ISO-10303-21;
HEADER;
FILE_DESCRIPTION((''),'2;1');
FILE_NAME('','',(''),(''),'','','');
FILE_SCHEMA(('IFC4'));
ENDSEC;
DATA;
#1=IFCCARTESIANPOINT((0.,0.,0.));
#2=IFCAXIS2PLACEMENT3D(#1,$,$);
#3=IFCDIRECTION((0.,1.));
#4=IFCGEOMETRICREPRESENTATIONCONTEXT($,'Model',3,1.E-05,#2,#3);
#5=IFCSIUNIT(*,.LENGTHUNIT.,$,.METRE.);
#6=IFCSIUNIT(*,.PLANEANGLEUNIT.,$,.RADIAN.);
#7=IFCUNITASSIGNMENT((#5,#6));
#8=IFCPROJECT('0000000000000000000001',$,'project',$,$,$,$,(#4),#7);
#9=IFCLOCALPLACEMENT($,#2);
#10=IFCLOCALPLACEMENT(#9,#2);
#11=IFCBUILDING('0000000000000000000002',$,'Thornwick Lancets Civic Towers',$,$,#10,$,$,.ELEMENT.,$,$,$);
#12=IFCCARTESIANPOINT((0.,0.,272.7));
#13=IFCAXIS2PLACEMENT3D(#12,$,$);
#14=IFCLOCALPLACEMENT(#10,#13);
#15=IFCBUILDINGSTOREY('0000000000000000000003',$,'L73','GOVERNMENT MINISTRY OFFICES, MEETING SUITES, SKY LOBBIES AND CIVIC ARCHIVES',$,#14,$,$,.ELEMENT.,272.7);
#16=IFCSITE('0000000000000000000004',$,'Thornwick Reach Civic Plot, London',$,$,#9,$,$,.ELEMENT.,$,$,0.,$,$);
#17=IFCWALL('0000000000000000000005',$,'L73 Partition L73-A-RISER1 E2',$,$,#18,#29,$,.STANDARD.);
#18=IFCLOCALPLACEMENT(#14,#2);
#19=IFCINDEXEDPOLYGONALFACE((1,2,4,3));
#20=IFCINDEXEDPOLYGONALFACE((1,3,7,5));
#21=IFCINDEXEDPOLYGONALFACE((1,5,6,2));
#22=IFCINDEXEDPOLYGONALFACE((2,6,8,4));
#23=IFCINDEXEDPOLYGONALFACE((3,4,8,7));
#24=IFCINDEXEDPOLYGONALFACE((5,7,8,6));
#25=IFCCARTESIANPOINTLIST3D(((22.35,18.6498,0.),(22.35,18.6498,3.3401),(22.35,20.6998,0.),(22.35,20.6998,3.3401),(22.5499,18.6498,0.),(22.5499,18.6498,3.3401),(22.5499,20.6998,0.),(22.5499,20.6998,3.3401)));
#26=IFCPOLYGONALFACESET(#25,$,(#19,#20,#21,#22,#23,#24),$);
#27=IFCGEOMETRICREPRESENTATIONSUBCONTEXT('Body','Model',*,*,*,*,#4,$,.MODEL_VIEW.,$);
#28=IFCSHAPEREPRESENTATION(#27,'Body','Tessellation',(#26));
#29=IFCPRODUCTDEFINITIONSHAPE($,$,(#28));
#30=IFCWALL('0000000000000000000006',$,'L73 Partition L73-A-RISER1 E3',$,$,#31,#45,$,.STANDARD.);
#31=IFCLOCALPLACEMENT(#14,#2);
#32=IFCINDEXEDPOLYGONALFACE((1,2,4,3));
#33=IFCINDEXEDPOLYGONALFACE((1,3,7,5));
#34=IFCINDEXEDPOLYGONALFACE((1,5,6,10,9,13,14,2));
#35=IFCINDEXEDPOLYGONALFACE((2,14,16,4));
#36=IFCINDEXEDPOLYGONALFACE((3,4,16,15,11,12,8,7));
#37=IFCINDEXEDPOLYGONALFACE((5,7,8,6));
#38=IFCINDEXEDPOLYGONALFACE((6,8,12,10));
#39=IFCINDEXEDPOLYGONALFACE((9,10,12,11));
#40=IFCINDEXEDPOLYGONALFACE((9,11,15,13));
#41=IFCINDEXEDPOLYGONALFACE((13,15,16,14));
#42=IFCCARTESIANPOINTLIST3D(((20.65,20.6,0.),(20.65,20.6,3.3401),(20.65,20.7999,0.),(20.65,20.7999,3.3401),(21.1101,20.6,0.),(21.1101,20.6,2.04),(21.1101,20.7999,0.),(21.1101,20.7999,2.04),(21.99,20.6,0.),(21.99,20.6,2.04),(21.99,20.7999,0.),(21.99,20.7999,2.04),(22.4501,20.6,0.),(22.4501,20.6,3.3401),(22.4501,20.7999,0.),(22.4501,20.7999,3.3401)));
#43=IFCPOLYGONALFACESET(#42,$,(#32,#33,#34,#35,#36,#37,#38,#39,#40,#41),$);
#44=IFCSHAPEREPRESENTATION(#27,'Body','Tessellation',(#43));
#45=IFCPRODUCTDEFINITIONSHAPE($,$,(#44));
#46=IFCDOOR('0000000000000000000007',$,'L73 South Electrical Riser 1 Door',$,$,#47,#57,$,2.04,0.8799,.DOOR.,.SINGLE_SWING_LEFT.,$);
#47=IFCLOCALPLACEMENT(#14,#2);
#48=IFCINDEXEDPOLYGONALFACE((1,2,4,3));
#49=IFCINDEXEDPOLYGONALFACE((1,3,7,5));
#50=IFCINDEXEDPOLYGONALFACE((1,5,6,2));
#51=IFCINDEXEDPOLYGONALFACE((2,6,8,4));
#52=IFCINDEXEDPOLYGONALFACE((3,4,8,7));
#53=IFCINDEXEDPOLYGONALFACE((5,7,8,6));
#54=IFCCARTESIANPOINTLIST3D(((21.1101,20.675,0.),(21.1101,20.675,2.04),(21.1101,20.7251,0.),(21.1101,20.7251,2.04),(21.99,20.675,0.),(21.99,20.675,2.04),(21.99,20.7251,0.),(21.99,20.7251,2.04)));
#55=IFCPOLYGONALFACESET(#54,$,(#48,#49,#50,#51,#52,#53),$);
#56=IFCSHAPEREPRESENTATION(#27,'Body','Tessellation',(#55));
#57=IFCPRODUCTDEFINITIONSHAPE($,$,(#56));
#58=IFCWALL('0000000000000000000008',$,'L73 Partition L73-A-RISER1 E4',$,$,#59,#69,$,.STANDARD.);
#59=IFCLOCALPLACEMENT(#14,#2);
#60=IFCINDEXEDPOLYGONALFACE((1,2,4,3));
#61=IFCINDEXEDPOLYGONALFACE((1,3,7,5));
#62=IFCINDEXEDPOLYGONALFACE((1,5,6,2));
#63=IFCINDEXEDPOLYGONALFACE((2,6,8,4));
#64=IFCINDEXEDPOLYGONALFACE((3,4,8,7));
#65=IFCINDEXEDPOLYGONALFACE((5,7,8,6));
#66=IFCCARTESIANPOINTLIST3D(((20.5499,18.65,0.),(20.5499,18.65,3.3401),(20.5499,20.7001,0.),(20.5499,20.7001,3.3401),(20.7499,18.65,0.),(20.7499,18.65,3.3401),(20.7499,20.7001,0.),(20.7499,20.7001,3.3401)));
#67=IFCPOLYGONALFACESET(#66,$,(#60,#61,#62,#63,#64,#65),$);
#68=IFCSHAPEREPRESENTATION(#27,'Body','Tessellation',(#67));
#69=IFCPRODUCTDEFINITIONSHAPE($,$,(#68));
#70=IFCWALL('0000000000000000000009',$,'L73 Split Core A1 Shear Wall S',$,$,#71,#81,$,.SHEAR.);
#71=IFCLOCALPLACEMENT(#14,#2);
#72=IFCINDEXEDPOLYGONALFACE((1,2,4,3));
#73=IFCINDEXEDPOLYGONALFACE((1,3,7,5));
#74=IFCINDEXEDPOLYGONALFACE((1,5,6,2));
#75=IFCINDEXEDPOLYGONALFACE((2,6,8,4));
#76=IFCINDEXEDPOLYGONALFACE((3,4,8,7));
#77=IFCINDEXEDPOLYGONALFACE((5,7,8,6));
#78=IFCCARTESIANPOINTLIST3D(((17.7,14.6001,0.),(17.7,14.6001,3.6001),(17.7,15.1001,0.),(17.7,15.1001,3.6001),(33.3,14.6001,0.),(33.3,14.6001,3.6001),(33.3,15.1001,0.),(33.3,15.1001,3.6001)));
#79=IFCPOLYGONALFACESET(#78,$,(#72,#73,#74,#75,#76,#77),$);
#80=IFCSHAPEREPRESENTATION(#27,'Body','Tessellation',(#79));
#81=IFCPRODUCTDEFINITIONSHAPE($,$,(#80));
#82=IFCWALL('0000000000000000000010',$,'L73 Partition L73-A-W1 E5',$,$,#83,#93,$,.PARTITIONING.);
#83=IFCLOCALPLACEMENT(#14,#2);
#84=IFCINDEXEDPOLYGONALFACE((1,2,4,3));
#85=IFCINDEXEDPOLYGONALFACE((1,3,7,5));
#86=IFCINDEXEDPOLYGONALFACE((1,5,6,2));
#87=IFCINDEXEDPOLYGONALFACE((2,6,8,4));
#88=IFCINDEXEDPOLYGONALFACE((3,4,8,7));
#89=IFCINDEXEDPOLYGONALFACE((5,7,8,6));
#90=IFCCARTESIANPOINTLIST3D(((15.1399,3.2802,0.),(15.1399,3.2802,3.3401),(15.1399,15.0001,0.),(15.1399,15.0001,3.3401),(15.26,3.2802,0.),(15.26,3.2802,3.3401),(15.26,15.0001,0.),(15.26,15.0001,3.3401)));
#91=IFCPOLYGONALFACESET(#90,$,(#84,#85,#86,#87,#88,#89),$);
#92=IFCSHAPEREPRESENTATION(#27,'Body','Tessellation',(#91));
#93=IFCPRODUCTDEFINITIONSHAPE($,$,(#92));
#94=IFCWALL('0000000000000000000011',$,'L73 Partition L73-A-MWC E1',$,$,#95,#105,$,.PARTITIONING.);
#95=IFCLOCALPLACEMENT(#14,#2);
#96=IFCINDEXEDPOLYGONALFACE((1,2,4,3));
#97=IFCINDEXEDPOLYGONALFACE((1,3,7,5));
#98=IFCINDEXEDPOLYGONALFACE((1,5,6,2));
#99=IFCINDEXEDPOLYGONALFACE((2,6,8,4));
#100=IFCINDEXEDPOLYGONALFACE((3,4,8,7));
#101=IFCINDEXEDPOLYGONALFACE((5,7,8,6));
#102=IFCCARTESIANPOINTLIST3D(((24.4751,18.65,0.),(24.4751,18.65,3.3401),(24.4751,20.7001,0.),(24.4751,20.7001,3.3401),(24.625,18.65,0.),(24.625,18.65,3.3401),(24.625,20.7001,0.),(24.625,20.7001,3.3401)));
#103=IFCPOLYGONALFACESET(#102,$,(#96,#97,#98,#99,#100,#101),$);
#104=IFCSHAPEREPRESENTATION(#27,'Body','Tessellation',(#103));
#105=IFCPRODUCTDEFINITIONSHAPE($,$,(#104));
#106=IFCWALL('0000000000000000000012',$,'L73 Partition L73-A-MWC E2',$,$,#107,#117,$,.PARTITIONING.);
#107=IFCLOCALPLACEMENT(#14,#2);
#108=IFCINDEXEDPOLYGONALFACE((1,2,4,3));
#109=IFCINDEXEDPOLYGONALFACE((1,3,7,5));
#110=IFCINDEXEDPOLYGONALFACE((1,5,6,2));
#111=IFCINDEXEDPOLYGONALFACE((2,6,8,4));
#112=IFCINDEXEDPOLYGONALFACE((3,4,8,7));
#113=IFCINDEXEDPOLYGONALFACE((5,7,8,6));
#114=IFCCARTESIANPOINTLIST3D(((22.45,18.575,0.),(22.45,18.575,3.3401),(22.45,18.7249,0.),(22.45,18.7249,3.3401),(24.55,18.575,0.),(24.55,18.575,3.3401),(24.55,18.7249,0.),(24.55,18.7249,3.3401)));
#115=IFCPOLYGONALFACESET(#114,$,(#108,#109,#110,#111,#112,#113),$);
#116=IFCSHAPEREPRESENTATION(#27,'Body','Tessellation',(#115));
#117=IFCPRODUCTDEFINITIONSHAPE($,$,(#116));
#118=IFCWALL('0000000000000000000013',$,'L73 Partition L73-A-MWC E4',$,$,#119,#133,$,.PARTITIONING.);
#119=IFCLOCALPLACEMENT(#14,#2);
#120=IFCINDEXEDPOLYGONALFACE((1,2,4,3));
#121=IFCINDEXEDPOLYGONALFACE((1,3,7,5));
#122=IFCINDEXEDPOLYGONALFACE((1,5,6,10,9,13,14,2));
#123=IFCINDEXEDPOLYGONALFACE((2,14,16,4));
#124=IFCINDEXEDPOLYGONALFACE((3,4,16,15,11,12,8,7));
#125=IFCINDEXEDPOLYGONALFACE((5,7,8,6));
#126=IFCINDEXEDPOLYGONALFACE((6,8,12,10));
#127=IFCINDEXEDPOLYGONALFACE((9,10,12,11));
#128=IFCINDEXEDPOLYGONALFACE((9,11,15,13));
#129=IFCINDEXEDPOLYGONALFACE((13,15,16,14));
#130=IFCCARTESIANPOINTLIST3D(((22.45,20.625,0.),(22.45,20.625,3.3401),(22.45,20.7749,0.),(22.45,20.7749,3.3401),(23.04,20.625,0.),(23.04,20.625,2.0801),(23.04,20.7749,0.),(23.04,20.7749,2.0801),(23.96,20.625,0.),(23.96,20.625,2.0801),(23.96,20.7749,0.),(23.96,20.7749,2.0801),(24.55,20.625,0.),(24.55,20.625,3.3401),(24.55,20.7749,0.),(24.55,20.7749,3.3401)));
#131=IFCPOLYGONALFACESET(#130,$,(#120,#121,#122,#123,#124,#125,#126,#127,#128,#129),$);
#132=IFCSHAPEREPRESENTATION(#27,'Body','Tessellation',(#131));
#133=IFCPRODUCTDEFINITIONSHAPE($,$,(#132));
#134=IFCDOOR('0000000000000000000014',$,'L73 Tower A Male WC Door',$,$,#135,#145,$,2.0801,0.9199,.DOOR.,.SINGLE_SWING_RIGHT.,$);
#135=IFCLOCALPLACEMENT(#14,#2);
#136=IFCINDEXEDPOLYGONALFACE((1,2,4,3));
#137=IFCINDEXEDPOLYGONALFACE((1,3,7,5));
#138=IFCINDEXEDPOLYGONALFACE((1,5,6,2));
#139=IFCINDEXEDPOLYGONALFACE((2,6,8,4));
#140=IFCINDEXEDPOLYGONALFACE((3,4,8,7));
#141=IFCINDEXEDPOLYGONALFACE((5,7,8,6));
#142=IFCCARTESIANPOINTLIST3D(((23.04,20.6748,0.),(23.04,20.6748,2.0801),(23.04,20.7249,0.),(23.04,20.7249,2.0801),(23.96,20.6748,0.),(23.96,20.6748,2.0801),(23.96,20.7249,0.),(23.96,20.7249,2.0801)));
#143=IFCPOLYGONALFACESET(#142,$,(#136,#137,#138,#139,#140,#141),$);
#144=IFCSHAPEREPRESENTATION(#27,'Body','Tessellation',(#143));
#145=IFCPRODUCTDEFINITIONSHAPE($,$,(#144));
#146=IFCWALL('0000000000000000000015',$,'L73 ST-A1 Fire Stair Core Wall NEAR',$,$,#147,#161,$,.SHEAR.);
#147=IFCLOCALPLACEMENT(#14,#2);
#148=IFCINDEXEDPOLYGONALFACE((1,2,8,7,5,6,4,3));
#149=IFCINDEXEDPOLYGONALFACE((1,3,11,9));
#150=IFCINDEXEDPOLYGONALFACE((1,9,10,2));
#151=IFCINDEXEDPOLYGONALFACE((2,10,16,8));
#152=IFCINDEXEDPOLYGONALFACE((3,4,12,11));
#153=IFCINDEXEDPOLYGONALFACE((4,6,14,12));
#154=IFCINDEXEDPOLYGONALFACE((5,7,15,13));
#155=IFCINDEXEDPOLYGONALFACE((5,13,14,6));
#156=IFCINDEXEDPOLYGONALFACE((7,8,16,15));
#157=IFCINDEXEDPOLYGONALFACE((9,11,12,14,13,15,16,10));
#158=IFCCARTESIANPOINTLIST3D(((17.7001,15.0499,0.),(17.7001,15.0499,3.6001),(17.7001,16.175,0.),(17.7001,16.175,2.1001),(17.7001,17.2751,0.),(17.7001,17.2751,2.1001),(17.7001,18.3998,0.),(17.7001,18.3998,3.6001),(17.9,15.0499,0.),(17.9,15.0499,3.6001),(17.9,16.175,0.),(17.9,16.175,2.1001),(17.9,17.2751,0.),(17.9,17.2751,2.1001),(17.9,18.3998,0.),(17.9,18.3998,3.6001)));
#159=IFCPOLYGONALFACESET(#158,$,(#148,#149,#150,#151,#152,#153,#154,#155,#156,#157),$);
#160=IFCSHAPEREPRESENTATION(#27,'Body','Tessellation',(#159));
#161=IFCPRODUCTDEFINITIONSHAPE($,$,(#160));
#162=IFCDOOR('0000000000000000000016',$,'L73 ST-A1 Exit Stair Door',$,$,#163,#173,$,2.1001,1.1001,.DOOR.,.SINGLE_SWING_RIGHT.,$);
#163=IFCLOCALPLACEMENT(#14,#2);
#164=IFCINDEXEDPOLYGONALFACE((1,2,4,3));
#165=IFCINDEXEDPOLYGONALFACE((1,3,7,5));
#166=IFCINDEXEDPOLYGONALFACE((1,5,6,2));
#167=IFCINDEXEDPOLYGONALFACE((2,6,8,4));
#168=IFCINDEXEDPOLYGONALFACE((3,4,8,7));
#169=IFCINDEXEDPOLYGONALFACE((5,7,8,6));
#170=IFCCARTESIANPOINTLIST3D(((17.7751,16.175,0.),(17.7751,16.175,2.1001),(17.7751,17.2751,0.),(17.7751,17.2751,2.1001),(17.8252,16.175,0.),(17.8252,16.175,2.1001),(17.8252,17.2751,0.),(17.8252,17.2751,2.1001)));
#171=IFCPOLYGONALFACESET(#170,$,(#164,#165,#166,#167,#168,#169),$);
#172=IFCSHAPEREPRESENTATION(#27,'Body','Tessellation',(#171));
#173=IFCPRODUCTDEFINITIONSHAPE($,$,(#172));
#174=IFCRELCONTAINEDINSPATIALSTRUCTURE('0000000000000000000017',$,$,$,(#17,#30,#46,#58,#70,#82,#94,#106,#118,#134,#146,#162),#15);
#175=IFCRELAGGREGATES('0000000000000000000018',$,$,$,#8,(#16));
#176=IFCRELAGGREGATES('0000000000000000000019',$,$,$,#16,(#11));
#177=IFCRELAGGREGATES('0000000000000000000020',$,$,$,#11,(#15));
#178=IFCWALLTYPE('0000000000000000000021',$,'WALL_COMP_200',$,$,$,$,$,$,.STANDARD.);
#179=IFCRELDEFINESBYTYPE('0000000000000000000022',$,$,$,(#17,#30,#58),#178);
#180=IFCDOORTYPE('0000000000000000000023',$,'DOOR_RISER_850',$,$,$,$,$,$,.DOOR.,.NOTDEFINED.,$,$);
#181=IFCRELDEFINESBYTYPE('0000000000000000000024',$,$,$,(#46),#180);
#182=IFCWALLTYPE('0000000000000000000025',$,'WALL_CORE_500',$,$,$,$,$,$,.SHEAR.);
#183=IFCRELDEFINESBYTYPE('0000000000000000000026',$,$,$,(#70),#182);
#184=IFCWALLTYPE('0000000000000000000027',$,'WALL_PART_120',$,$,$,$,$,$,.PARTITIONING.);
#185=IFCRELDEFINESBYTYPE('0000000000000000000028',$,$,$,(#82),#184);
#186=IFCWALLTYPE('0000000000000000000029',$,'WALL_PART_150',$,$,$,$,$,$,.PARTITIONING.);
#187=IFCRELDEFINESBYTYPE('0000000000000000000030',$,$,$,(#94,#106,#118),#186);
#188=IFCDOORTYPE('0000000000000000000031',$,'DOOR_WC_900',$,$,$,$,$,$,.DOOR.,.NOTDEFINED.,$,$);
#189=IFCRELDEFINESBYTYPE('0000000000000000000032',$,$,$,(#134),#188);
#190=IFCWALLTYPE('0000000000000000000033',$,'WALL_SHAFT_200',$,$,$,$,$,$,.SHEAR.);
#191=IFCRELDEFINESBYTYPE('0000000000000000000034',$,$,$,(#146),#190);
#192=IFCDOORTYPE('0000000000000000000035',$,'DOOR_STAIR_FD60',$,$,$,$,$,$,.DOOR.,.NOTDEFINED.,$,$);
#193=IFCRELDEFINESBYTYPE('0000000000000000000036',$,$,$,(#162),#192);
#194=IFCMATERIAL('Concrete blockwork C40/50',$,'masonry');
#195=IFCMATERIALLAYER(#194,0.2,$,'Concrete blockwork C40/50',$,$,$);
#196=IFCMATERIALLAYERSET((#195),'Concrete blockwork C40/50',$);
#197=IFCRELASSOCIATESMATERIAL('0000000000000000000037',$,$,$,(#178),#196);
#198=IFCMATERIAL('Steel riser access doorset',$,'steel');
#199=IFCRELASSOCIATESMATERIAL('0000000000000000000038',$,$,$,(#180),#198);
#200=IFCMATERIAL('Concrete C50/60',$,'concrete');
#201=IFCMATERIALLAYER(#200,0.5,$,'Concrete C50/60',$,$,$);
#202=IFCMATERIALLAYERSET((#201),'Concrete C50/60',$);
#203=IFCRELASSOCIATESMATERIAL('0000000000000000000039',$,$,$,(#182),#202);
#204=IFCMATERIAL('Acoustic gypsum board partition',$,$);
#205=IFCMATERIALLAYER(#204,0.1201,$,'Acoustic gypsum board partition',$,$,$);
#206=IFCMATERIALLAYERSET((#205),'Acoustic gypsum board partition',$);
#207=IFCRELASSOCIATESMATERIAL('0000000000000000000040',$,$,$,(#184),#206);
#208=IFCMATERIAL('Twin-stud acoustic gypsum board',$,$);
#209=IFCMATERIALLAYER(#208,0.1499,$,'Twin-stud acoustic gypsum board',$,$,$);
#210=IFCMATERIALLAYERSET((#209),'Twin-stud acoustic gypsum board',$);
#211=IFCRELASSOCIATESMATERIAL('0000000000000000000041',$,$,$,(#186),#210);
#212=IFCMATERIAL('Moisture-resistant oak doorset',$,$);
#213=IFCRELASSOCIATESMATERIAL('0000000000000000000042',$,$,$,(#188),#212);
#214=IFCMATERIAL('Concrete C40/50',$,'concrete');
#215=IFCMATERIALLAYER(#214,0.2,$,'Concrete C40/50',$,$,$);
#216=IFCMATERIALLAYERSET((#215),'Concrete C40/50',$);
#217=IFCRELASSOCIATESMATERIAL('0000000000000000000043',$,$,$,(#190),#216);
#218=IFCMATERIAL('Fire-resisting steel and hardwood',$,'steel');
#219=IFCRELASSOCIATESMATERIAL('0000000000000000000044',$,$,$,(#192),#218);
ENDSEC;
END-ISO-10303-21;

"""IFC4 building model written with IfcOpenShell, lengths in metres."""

from ifc_helpers import new_model, si_unit, direction, frame, frame_2d, origin, place, context, subcontext, project, spatial, rectangle, extrude, material, layer, layer_set, type_object, element, fill, save


model = new_model("IFC4")

# Units and contexts
model_context = context("Model", 3, precision=1e-05, world=origin(), true_north=direction((0.0, 1.0)))
body_context = subcontext(model_context, "Body", "Model", "MODEL_VIEW")
ifc_project = project(units=[si_unit("LENGTHUNIT", "METRE"), si_unit("PLANEANGLEUNIT", "RADIAN")], contexts=[model_context])

# Site, building, storey
site_placement = place(None, origin())
site = spatial("IfcSite", under=ifc_project, at=site_placement, Name="Thornwick Reach Civic Plot, London", CompositionType="ELEMENT", RefElevation=0.0)
building_placement = place(site_placement, origin())
building = spatial("IfcBuilding", under=site, at=building_placement, Name="Thornwick Lancets Civic Towers", CompositionType="ELEMENT")
storey_placement = place(building_placement, frame((0.0, 0.0, 272.7)))
storey = spatial("IfcBuildingStorey", under=building, at=storey_placement, Name="L73", Description="GOVERNMENT MINISTRY OFFICES, MEETING SUITES, SKY LOBBIES AND CIVIC ARCHIVES", CompositionType="ELEMENT", Elevation=272.7)

# Shared definitions
ifc_material_1 = material(Name="Concrete C50/60", Category="concrete")

# Shared definitions
ifc_material_2 = material(Name="Concrete C40/50", Category="concrete")

# Shared definitions
ifc_material_3 = material(Name="Concrete blockwork C40/50", Category="masonry")
ifc_layer_1 = layer(ifc_material_3, 0.2, Name="Concrete blockwork C40/50")
ifc_layer_set_1 = layer_set([ifc_layer_1], Name="Concrete blockwork C40/50")
wall_type_1 = type_object("IfcWallType", Name="WALL_COMP_200", PredefinedType="STANDARD", material=ifc_layer_set_1)

# Wall
wall_1_placement = place(storey_placement, frame((22.45, 18.6499, 0.0), z_axis=(0.0, 0.0, 1.0), x_axis=(0.0, 1.0, 0.0)))
element("IfcWall", 1, at=wall_1_placement, inside=storey, type_object=wall_type_1, Name="L73 Partition L73-A-RISER1 E2", PredefinedType="STANDARD", context=body_context, shape_type="SweptSolid", body=[
    extrude(rectangle(XDim=2.05, YDim=0.2, at=frame_2d((1.0249, 0.0))), origin(), (0.0, 0.0, 1.0), 3.3401),
])

# Wall, opening, door
wall_2_placement = place(storey_placement, frame((22.45, 20.7, 0.0), z_axis=(0.0, 0.0, 1.0), x_axis=(-1.0, 0.0, 0.0)))
wall_2 = element("IfcWall", 2, at=wall_2_placement, inside=storey, type_object=wall_type_1, Name="L73 Partition L73-A-RISER1 E3", PredefinedType="STANDARD", context=body_context, shape_type="SweptSolid", body=[
    extrude(rectangle(XDim=1.8, YDim=0.2, at=frame_2d((0.8999, 0.0))), origin(), (0.0, 0.0, 1.0), 3.3401),
])
opening_1_placement = place(wall_2_placement, frame((0.46, 0.0, 0.0)))
opening_1 = element("IfcOpeningElement", 3, at=opening_1_placement, cuts=wall_2, PredefinedType="OPENING", context=body_context, shape_type="SweptSolid", body=[
    extrude(rectangle(XDim=0.8799, YDim=2.04, at=frame_2d((0.4399, 1.02))), frame((0.0, 0.1099, 0.0), z_axis=(0.0, -1.0, 0.0), x_axis=(1.0, 0.0, 0.0)), (0.0, 0.0, 1.0), 0.22),
])
ifc_material_4 = material(Name="Steel riser access doorset", Category="steel")
door_type_1 = type_object("IfcDoorType", Name="DOOR_RISER_850", OperationType="NOTDEFINED", PredefinedType="DOOR", material=ifc_material_4)
door_1_placement = place(opening_1_placement, origin())
door_1 = element("IfcDoor", 4, at=door_1_placement, inside=storey, type_object=door_type_1, Name="L73 South Electrical Riser 1 Door", OperationType="SINGLE_SWING_LEFT", OverallHeight=2.04, OverallWidth=0.8799, PredefinedType="DOOR", context=body_context, shape_type="SweptSolid", body=[
    extrude(rectangle(XDim=0.8799, YDim=2.04, at=frame_2d((0.4399, 1.02))), frame((0.0, 0.0249, 0.0), z_axis=(0.0, -1.0, 0.0), x_axis=(1.0, 0.0, 0.0)), (0.0, 0.0, 1.0), 0.05),
])
fill(opening_1, door_1)

# Walls
wall_3_placement = place(storey_placement, frame((20.6499, 20.7, 0.0), z_axis=(0.0, 0.0, 1.0), x_axis=(0.0, -1.0, 0.0)))
element("IfcWall", 5, at=wall_3_placement, inside=storey, type_object=wall_type_1, Name="L73 Partition L73-A-RISER1 E4", PredefinedType="STANDARD", context=body_context, shape_type="SweptSolid", body=[
    extrude(rectangle(XDim=2.05, YDim=0.2, at=frame_2d((1.0249, 0.0))), origin(), (0.0, 0.0, 1.0), 3.3401),
])
ifc_layer_2 = layer(ifc_material_1, 0.5, Name="Concrete C50/60")
ifc_layer_set_2 = layer_set([ifc_layer_2], Name="Concrete C50/60")
wall_type_2 = type_object("IfcWallType", Name="WALL_CORE_500", PredefinedType="SHEAR", material=ifc_layer_set_2)
wall_4_placement = place(storey_placement, frame((17.7, 14.8501, 0.0), z_axis=(0.0, 0.0, 1.0), x_axis=(1.0, 0.0, 0.0)))
element("IfcWall", 6, at=wall_4_placement, inside=storey, type_object=wall_type_2, Name="L73 Split Core A1 Shear Wall S", PredefinedType="SHEAR", context=body_context, shape_type="SweptSolid", body=[
    extrude(rectangle(XDim=15.6001, YDim=0.5, at=frame_2d((7.8, 0.0))), origin(), (0.0, 0.0, 1.0), 3.6001),
])
ifc_material_5 = material(Name="Acoustic gypsum board partition")
ifc_layer_3 = layer(ifc_material_5, 0.1201, Name="Acoustic gypsum board partition")
ifc_layer_set_3 = layer_set([ifc_layer_3], Name="Acoustic gypsum board partition")
wall_type_3 = type_object("IfcWallType", Name="WALL_PART_120", PredefinedType="PARTITIONING", material=ifc_layer_set_3)
wall_5_placement = place(storey_placement, frame((15.2, 15.0, 0.0), z_axis=(0.0, 0.0, 1.0), x_axis=(0.0, -1.0, 0.0)))
element("IfcWall", 7, at=wall_5_placement, inside=storey, type_object=wall_type_3, Name="L73 Partition L73-A-W1 E5", PredefinedType="PARTITIONING", context=body_context, shape_type="SweptSolid", body=[
    extrude(rectangle(XDim=11.72, YDim=0.1201, at=frame_2d((5.8599, 0.0))), origin(), (0.0, 0.0, 1.0), 3.3401),
])
ifc_material_6 = material(Name="Twin-stud acoustic gypsum board")
ifc_layer_4 = layer(ifc_material_6, 0.1499, Name="Twin-stud acoustic gypsum board")
ifc_layer_set_4 = layer_set([ifc_layer_4], Name="Twin-stud acoustic gypsum board")
wall_type_4 = type_object("IfcWallType", Name="WALL_PART_150", PredefinedType="PARTITIONING", material=ifc_layer_set_4)
wall_6_placement = place(storey_placement, frame((24.55, 20.7, 0.0), z_axis=(0.0, 0.0, 1.0), x_axis=(0.0, -1.0, 0.0)))
element("IfcWall", 8, at=wall_6_placement, inside=storey, type_object=wall_type_4, Name="L73 Partition L73-A-MWC E1", PredefinedType="PARTITIONING", context=body_context, shape_type="SweptSolid", body=[
    extrude(rectangle(XDim=2.05, YDim=0.1499, at=frame_2d((1.0249, 0.0))), origin(), (0.0, 0.0, 1.0), 3.3401),
])
wall_7_placement = place(storey_placement, frame((24.55, 18.6499, 0.0), z_axis=(0.0, 0.0, 1.0), x_axis=(-1.0, 0.0, 0.0)))
element("IfcWall", 9, at=wall_7_placement, inside=storey, type_object=wall_type_4, Name="L73 Partition L73-A-MWC E2", PredefinedType="PARTITIONING", context=body_context, shape_type="SweptSolid", body=[
    extrude(rectangle(XDim=2.1001, YDim=0.1499, at=frame_2d((1.05, 0.0))), origin(), (0.0, 0.0, 1.0), 3.3401),
])

# Walls, openings, doors
wall_8_placement = place(storey_placement, frame((22.45, 20.7, 0.0), z_axis=(0.0, 0.0, 1.0), x_axis=(1.0, 0.0, 0.0)))
wall_8 = element("IfcWall", 10, at=wall_8_placement, inside=storey, type_object=wall_type_4, Name="L73 Partition L73-A-MWC E4", PredefinedType="PARTITIONING", context=body_context, shape_type="SweptSolid", body=[
    extrude(rectangle(XDim=2.1001, YDim=0.1499, at=frame_2d((1.05, 0.0))), origin(), (0.0, 0.0, 1.0), 3.3401),
])
opening_2_placement = place(wall_8_placement, frame((0.5901, 0.0, 0.0)))
opening_2 = element("IfcOpeningElement", 11, at=opening_2_placement, cuts=wall_8, PredefinedType="OPENING", context=body_context, shape_type="SweptSolid", body=[
    extrude(rectangle(XDim=0.9199, YDim=2.0801, at=frame_2d((0.46, 1.04))), frame((0.0, 0.085, 0.0), z_axis=(0.0, -1.0, 0.0), x_axis=(1.0, 0.0, 0.0)), (0.0, 0.0, 1.0), 0.1699),
])
ifc_material_7 = material(Name="Moisture-resistant oak doorset")
door_type_2 = type_object("IfcDoorType", Name="DOOR_WC_900", OperationType="NOTDEFINED", PredefinedType="DOOR", material=ifc_material_7)
door_2_placement = place(opening_2_placement, origin())
door_2 = element("IfcDoor", 12, at=door_2_placement, inside=storey, type_object=door_type_2, Name="L73 Tower A Male WC Door", OperationType="SINGLE_SWING_RIGHT", OverallHeight=2.0801, OverallWidth=0.9199, PredefinedType="DOOR", context=body_context, shape_type="SweptSolid", body=[
    extrude(rectangle(XDim=0.9199, YDim=2.0801, at=frame_2d((0.46, 1.04))), frame((0.0, 0.0249, 0.0), z_axis=(0.0, -1.0, 0.0), x_axis=(1.0, 0.0, 0.0)), (0.0, 0.0, 1.0), 0.05),
])
fill(opening_2, door_2)
ifc_layer_5 = layer(ifc_material_2, 0.2, Name="Concrete C40/50")
ifc_layer_set_5 = layer_set([ifc_layer_5], Name="Concrete C40/50")
wall_type_5 = type_object("IfcWallType", Name="WALL_SHAFT_200", PredefinedType="SHEAR", material=ifc_layer_set_5)
wall_9_placement = place(storey_placement, frame((17.8, 15.05, 0.0), z_axis=(0.0, 0.0, 1.0), x_axis=(0.0, 1.0, 0.0)))
wall_9 = element("IfcWall", 13, at=wall_9_placement, inside=storey, type_object=wall_type_5, Name="L73 ST-A1 Fire Stair Core Wall NEAR", PredefinedType="SHEAR", context=body_context, shape_type="SweptSolid", body=[
    extrude(rectangle(XDim=3.3499, YDim=0.2, at=frame_2d((1.6748, 0.0))), origin(), (0.0, 0.0, 1.0), 3.6001),
])
opening_3_placement = place(wall_9_placement, frame((1.125, 0.0, 0.0)))
opening_3 = element("IfcOpeningElement", 14, at=opening_3_placement, cuts=wall_9, PredefinedType="OPENING", context=body_context, shape_type="SweptSolid", body=[
    extrude(rectangle(XDim=1.1001, YDim=2.1001, at=frame_2d((0.55, 1.05))), frame((0.0, 0.1099, 0.0), z_axis=(0.0, -1.0, 0.0), x_axis=(1.0, 0.0, 0.0)), (0.0, 0.0, 1.0), 0.22),
])
ifc_material_8 = material(Name="Fire-resisting steel and hardwood", Category="steel")
door_type_3 = type_object("IfcDoorType", Name="DOOR_STAIR_FD60", OperationType="NOTDEFINED", PredefinedType="DOOR", material=ifc_material_8)
door_3_placement = place(opening_3_placement, origin())
door_3 = element("IfcDoor", 15, at=door_3_placement, inside=storey, type_object=door_type_3, Name="L73 ST-A1 Exit Stair Door", OperationType="SINGLE_SWING_RIGHT", OverallHeight=2.1001, OverallWidth=1.1001, PredefinedType="DOOR", context=body_context, shape_type="SweptSolid", body=[
    extrude(rectangle(XDim=1.1001, YDim=2.1001, at=frame_2d((0.55, 1.05))), frame((0.0, 0.0249, 0.0), z_axis=(0.0, -1.0, 0.0), x_axis=(1.0, 0.0, 0.0)), (0.0, 0.0, 1.0), 0.05),
])
fill(opening_3, door_3)

save(model, "model.ifc")
